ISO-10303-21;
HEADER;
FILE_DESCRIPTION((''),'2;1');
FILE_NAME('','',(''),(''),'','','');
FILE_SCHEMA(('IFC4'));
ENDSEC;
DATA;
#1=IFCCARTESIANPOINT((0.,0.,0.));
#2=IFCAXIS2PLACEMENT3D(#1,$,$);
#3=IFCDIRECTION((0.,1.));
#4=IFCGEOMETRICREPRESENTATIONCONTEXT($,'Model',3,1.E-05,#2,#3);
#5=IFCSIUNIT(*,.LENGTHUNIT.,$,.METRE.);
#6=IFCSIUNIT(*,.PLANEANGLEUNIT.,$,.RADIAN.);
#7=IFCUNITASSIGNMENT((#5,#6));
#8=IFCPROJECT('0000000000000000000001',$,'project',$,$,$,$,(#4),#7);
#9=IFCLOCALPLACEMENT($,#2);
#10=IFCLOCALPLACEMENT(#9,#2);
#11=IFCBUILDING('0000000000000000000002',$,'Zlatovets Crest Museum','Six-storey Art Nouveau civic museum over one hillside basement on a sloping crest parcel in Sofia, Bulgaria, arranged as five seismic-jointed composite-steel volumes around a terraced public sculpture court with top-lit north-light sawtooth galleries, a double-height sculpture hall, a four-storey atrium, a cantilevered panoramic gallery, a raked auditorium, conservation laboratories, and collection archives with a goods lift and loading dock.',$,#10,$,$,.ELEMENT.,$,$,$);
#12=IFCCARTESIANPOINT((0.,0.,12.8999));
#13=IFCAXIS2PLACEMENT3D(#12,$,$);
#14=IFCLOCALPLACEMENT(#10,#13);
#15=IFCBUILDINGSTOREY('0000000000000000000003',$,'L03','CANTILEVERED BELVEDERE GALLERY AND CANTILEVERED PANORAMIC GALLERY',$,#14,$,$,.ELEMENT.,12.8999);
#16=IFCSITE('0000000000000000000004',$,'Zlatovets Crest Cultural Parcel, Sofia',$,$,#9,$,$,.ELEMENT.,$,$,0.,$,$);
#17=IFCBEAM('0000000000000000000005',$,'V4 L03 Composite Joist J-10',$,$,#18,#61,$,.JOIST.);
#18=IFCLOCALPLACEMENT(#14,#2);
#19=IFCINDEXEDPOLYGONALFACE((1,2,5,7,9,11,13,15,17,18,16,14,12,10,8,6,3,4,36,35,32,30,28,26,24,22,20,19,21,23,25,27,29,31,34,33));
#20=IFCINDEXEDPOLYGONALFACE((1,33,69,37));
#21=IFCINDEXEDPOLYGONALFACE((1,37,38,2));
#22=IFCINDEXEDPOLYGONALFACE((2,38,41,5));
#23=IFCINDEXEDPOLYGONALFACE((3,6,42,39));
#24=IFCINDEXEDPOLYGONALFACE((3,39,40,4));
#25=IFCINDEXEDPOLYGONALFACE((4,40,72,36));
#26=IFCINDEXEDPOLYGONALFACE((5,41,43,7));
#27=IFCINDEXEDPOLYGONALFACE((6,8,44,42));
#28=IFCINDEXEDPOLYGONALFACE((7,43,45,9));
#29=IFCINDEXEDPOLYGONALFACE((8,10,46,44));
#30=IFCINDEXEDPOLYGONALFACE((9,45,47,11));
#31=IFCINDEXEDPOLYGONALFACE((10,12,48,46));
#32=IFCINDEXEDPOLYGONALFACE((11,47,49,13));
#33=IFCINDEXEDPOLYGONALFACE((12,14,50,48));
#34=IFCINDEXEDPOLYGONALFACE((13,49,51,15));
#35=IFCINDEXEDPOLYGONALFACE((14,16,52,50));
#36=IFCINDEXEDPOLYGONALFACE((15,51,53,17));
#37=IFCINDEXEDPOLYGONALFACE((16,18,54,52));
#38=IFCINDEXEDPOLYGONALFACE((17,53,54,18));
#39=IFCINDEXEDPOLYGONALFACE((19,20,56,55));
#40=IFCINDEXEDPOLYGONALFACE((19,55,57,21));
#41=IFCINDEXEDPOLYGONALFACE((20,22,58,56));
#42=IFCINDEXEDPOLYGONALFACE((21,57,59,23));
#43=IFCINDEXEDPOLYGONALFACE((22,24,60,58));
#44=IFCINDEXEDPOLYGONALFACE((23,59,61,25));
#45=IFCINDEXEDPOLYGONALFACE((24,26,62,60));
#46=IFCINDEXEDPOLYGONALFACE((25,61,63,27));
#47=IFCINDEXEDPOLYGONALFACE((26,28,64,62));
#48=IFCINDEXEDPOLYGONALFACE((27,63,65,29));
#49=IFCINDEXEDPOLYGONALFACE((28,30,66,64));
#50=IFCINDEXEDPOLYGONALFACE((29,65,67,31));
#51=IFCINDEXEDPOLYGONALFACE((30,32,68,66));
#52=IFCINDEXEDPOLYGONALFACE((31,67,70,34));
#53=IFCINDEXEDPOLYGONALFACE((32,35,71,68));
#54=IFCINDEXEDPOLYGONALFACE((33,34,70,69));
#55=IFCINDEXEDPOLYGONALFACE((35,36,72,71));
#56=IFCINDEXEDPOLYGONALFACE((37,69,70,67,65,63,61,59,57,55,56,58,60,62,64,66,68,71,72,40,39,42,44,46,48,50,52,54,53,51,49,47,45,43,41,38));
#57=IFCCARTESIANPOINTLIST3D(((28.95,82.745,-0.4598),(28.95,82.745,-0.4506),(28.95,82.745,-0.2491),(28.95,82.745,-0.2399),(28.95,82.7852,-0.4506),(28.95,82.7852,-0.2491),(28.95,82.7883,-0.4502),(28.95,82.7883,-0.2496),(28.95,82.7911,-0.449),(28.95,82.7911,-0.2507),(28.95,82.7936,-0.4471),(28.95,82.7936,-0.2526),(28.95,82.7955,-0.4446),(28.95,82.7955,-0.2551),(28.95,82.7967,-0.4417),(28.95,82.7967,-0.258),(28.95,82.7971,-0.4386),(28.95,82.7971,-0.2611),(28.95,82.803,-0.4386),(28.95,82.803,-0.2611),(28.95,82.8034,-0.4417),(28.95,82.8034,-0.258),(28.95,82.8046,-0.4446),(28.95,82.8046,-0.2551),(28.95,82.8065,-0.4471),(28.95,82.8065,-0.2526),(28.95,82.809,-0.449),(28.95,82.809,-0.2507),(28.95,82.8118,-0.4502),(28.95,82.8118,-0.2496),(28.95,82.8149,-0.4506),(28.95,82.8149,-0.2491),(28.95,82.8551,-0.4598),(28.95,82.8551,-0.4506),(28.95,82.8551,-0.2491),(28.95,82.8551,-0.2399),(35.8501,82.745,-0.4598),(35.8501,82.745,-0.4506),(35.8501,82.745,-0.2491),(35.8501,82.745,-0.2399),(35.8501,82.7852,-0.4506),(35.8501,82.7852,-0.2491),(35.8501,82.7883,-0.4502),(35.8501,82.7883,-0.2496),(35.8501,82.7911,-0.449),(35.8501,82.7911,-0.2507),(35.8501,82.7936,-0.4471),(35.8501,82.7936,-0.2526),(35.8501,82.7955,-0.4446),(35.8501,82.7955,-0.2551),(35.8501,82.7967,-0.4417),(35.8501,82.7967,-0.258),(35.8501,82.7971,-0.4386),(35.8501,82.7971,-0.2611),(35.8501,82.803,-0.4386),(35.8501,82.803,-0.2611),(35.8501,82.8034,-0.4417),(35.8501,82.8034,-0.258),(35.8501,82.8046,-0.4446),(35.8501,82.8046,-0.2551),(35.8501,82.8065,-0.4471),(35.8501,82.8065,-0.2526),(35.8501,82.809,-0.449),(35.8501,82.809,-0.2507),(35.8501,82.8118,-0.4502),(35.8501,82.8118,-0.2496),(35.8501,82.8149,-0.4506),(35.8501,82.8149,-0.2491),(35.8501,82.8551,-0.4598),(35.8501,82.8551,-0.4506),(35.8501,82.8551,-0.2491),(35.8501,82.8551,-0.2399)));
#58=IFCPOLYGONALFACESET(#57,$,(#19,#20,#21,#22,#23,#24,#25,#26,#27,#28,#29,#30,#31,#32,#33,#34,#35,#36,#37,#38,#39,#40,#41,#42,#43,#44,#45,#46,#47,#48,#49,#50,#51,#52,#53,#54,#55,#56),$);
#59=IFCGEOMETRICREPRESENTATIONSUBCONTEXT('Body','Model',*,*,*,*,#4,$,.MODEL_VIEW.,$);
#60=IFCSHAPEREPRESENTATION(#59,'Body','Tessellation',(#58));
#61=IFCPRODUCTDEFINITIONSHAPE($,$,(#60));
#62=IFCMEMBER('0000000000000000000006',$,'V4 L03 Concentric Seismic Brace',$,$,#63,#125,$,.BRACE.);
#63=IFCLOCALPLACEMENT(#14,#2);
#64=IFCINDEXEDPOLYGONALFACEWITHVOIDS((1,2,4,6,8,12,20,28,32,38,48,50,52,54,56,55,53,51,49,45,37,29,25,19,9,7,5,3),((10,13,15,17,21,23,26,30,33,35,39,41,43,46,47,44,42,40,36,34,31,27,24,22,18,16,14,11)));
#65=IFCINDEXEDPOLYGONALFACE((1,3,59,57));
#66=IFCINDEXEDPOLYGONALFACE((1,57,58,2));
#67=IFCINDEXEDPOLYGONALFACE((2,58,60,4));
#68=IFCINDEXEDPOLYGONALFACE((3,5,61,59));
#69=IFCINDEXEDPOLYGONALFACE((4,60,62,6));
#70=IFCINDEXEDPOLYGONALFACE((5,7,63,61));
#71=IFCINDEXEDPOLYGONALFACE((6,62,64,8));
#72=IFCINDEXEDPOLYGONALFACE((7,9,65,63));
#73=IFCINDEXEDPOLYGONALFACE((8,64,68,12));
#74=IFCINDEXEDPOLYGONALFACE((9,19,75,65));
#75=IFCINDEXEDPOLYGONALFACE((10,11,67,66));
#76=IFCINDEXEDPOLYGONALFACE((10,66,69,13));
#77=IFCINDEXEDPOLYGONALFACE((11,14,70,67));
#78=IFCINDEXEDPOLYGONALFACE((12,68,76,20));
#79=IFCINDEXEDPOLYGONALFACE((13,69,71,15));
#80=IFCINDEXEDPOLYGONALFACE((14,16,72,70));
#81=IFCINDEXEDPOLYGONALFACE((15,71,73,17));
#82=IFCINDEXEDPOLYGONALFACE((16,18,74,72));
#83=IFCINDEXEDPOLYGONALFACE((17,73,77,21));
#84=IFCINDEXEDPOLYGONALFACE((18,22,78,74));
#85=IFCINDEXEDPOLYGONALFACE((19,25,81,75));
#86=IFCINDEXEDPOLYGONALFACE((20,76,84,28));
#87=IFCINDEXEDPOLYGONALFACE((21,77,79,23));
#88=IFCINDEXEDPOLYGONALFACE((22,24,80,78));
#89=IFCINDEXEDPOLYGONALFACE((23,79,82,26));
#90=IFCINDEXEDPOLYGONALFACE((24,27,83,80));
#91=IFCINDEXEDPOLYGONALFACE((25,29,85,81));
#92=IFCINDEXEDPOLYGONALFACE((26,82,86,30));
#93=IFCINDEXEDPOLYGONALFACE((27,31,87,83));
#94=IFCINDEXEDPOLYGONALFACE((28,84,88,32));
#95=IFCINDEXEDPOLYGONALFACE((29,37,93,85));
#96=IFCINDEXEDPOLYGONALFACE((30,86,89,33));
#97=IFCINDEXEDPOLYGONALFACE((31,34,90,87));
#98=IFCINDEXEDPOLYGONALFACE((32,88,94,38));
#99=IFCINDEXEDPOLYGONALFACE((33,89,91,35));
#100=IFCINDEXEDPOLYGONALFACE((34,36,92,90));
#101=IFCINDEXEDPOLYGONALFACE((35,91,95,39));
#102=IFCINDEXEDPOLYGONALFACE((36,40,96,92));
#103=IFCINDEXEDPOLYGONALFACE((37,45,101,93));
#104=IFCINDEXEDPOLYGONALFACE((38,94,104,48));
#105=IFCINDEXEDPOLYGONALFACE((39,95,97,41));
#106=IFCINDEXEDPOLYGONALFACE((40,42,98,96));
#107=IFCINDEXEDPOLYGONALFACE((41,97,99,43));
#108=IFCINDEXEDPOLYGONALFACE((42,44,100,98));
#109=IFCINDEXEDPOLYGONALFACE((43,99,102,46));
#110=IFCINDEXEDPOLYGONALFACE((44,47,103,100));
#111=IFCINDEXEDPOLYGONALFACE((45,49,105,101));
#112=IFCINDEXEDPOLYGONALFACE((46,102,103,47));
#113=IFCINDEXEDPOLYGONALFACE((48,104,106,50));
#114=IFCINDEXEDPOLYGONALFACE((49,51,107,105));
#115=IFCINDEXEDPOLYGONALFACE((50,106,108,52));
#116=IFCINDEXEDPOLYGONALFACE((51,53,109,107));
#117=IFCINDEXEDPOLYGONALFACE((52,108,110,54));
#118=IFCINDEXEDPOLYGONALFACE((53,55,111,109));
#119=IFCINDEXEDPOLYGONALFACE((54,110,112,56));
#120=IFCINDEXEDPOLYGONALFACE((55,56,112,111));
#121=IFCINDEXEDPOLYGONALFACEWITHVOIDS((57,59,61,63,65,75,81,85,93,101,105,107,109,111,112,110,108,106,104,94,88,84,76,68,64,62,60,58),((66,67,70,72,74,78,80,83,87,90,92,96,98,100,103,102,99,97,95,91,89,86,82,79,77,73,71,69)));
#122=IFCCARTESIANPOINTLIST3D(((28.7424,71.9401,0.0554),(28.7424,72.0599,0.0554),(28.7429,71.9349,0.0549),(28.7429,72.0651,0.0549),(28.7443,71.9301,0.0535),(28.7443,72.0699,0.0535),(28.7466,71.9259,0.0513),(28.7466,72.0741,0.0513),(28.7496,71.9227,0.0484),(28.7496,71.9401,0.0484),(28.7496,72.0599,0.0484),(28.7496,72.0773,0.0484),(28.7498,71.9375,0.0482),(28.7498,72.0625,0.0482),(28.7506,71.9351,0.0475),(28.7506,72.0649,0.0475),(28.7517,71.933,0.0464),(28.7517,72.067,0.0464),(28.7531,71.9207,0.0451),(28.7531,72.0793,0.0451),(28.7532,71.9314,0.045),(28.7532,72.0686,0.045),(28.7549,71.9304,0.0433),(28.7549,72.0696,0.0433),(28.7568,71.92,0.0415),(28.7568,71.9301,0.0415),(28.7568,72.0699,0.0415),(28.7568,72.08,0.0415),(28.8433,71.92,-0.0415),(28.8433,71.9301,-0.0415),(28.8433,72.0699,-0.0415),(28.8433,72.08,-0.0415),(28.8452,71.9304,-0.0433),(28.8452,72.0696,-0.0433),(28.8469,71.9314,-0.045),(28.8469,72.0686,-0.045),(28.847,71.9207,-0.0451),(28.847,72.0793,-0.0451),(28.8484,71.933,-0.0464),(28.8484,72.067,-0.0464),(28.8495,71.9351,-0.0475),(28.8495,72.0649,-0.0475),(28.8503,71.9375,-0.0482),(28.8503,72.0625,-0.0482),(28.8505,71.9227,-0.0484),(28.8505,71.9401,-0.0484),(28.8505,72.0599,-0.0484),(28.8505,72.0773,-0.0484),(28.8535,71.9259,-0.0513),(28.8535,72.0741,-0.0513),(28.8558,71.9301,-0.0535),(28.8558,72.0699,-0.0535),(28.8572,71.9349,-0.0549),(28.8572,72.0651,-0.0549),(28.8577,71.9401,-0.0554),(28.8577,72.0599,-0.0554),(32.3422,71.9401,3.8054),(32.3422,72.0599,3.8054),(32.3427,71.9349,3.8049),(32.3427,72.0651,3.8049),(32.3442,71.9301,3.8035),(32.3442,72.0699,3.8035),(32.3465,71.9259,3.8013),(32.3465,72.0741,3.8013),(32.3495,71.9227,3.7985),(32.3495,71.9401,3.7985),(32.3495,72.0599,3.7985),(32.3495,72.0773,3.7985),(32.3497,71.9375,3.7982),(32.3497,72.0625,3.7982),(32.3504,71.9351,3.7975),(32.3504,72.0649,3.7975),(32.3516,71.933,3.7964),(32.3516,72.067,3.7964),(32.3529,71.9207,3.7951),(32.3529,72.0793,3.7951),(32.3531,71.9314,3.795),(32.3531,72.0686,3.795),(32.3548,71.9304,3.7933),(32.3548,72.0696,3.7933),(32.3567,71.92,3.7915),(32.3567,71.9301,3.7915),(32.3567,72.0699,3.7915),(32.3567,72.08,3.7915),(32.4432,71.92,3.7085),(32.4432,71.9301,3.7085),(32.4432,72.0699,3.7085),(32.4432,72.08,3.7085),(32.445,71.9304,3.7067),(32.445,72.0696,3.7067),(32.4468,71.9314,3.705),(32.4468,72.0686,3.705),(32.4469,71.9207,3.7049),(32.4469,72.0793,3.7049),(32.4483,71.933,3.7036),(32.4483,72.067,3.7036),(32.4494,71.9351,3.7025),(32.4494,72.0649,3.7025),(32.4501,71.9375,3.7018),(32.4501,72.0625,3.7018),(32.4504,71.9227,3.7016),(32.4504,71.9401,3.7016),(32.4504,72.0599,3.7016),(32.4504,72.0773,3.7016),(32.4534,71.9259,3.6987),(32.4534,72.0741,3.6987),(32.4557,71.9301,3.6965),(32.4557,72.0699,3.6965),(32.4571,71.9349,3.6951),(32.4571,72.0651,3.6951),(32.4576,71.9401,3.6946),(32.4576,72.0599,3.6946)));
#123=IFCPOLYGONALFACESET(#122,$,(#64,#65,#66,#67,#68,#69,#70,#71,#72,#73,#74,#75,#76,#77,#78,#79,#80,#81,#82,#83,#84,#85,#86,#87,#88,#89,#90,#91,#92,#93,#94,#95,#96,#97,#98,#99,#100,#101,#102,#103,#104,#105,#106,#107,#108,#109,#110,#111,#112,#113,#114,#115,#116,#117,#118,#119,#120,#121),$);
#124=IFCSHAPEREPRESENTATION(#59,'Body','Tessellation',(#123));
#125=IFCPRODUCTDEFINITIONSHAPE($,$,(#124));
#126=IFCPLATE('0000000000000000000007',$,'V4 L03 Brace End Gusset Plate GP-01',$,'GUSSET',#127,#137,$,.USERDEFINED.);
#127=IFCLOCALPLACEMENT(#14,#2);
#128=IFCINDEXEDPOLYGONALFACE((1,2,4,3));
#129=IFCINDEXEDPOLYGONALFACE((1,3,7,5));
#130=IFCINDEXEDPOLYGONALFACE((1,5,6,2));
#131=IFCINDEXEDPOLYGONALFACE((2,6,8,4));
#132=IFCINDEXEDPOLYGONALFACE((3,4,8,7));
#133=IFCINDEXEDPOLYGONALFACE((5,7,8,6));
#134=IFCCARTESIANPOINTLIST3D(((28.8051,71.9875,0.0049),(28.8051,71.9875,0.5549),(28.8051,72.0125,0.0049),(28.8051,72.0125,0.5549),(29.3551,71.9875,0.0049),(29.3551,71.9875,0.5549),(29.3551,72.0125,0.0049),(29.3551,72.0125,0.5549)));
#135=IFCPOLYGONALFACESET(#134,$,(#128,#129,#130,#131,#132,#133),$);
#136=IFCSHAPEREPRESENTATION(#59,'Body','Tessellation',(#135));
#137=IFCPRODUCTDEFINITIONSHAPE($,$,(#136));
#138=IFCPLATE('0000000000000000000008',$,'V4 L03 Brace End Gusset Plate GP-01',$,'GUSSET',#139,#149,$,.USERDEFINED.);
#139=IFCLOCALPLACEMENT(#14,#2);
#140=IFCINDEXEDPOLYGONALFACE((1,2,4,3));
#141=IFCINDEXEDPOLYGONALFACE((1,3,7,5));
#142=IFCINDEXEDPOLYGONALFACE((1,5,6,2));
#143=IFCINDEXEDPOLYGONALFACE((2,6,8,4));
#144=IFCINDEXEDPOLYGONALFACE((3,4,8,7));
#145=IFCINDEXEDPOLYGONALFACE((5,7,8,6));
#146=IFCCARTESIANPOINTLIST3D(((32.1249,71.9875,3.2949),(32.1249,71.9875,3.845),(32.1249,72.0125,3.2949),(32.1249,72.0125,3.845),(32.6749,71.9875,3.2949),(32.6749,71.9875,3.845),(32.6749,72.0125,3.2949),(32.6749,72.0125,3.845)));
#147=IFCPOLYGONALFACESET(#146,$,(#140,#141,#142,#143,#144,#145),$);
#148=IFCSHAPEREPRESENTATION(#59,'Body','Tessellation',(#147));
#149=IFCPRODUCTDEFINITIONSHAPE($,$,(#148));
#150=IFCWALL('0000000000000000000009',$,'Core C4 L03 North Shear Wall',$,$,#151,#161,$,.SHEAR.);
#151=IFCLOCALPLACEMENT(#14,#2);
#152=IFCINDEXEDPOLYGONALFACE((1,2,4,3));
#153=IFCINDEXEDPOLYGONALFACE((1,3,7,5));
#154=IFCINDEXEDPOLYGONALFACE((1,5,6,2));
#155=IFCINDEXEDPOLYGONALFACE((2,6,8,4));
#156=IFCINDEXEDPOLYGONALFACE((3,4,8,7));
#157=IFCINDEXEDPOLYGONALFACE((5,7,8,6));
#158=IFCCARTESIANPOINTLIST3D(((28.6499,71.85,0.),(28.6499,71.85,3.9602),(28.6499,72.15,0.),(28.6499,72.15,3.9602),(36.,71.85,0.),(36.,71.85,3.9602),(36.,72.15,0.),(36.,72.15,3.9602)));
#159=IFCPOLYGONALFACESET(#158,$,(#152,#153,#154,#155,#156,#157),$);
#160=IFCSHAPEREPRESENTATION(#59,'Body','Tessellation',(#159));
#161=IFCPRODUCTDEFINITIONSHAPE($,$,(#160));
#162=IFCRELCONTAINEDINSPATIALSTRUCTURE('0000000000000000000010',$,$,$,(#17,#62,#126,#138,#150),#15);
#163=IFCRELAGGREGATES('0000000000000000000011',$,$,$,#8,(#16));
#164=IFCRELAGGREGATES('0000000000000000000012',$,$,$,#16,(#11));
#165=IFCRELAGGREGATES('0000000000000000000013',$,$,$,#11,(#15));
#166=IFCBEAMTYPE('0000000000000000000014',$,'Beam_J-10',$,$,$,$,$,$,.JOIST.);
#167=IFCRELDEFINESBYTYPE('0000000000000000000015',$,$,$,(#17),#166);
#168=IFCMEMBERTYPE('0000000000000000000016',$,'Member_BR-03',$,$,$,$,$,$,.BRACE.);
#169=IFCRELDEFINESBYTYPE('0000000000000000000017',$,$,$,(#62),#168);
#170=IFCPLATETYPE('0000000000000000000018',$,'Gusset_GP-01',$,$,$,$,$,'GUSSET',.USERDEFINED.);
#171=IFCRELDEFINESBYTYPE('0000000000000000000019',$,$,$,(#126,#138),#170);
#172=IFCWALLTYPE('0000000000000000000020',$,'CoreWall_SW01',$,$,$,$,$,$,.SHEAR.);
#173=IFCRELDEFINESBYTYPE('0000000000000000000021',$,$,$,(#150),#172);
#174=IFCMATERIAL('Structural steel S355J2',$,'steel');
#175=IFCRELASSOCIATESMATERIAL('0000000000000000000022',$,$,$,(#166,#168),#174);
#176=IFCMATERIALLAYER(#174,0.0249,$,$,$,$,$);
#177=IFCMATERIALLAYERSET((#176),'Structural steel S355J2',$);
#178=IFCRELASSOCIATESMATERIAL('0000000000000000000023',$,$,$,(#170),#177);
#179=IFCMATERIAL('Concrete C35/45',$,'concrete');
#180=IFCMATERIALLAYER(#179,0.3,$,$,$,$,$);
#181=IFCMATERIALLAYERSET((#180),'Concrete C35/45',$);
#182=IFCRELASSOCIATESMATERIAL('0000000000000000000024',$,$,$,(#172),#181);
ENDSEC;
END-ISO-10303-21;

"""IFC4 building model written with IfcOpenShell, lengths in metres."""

from ifc_helpers import new_model, si_unit, direction, frame, frame_2d, origin, origin_2d, place, context, subcontext, project, spatial, rectangle, hollow_rectangle, i_section, extrude, material, layer, layer_set, material_profile, profile_set, type_object, element, save


model = new_model("IFC4")

# Units and contexts
model_context = context("Model", 3, precision=1e-05, world=origin(), true_north=direction((0.0, 1.0)))
body_context = subcontext(model_context, "Body", "Model", "MODEL_VIEW")
ifc_project = project(units=[si_unit("LENGTHUNIT", "METRE"), si_unit("PLANEANGLEUNIT", "RADIAN")], contexts=[model_context])

# Site, building, storey
site_placement = place(None, origin())
site = spatial("IfcSite", under=ifc_project, at=site_placement, Name="Zlatovets Crest Cultural Parcel, Sofia", CompositionType="ELEMENT", RefElevation=0.0)
building_placement = place(site_placement, origin())
building = spatial("IfcBuilding", under=site, at=building_placement, Name="Zlatovets Crest Museum", Description="Six-storey Art Nouveau civic museum over one hillside basement on a sloping crest parcel in Sofia, Bulgaria, arranged as five seismic-jointed composite-steel volumes around a terraced public sculpture court with top-lit north-light sawtooth galleries, a double-height sculpture hall, a four-storey atrium, a cantilevered panoramic gallery, a raked auditorium, conservation laboratories, and collection archives with a goods lift and loading dock.", CompositionType="ELEMENT")
storey_placement = place(building_placement, frame((0.0, 0.0, 12.8999)))
storey = spatial("IfcBuildingStorey", under=building, at=storey_placement, Name="L03", Description="CANTILEVERED BELVEDERE GALLERY AND CANTILEVERED PANORAMIC GALLERY", CompositionType="ELEMENT", Elevation=12.8999)

# Shared definitions
ifc_material_1 = material(Name="Structural steel S355J2", Category="steel")

# Beam
ifc_material_profile_1 = material_profile(ifc_material_1, i_section(OverallWidth=0.1101, OverallDepth=0.22, WebThickness=0.0059, FlangeThickness=0.0093, FilletRadius=0.012, at=origin_2d()), Name="IPE 220")
ifc_profile_set_1 = profile_set([ifc_material_profile_1], Name="Structural steel S355J2")
beam_type_1 = type_object("IfcBeamType", Name="Beam_J-10", PredefinedType="JOIST", material=ifc_profile_set_1)
for number, where, z_axis, x_axis, name in (
    (1, (28.95, 82.8, -0.3499), (1.0, 0.0, 0.0), (0.0, 1.0, 0.0), "V4 L03 Composite Joist J-10"),
):
    element("IfcBeam", number, at=place(storey_placement, frame(where, z_axis=z_axis, x_axis=x_axis)), inside=storey, type_object=beam_type_1, Name=name, PredefinedType="JOIST", context=body_context, shape_type="SweptSolid", body=[
        extrude(i_section(OverallWidth=0.1101, OverallDepth=0.22, WebThickness=0.0059, FlangeThickness=0.0093, FilletRadius=0.012, at=origin_2d()), origin(), (0.0, 0.0, 1.0), 6.9001),
    ])

# Member
ifc_material_profile_2 = material_profile(ifc_material_1, hollow_rectangle(XDim=0.1599, YDim=0.1599, WallThickness=0.01, InnerFilletRadius=0.01, OuterFilletRadius=0.02, at=origin_2d()), Name="SHS 160x160x10.0")
ifc_profile_set_2 = profile_set([ifc_material_profile_2], Name="Structural steel S355J2")
member_type = type_object("IfcMemberType", Name="Member_BR-03", PredefinedType="BRACE", material=ifc_profile_set_2)
member_placement = place(storey_placement, frame((28.8, 72.0, 0.0), z_axis=(0.692517, 0.0, 0.721401), x_axis=(0.0, 1.0, 0.0)))
element("IfcMember", 2, at=member_placement, inside=storey, type_object=member_type, Name="V4 L03 Concentric Seismic Brace", PredefinedType="BRACE", context=body_context, shape_type="SweptSolid", body=[
    extrude(hollow_rectangle(XDim=0.1599, YDim=0.1599, WallThickness=0.01, InnerFilletRadius=0.01, OuterFilletRadius=0.02, at=origin_2d()), origin(), (0.0, 0.0, 1.0), 5.1982),
])

# Plates
ifc_layer_1 = layer(ifc_material_1, 0.0249)
ifc_layer_set_1 = layer_set([ifc_layer_1], Name="Structural steel S355J2")
plate_type = type_object("IfcPlateType", Name="Gusset_GP-01", ElementType="GUSSET", PredefinedType="USERDEFINED", material=ifc_layer_set_1)
for number, where, z_axis, x_axis, name in (
    (3, (29.0801, 72.0, 0.0049), (0.0, 0.0, 1.0), (1.0, 0.0, 0.0), "V4 L03 Brace End Gusset Plate GP-01"),
    (4, (32.3999, 72.0, 3.2949), (0.0, 0.0, 1.0), (1.0, 0.0, 0.0), "V4 L03 Brace End Gusset Plate GP-01"),
):
    element("IfcPlate", number, at=place(storey_placement, frame(where, z_axis=z_axis, x_axis=x_axis)), inside=storey, type_object=plate_type, Name=name, ObjectType="GUSSET", PredefinedType="USERDEFINED", context=body_context, shape_type="SweptSolid", body=[
        extrude(rectangle(XDim=0.55, YDim=0.0249, at=origin_2d()), origin(), (0.0, 0.0, 1.0), 0.55),
    ])

# Wall
ifc_material_2 = material(Name="Concrete C35/45", Category="concrete")
ifc_layer_2 = layer(ifc_material_2, 0.3)
ifc_layer_set_2 = layer_set([ifc_layer_2], Name="Concrete C35/45")
wall_type_1 = type_object("IfcWallType", Name="CoreWall_SW01", PredefinedType="SHEAR", material=ifc_layer_set_2)
wall_1_placement = place(storey_placement, frame((28.6499, 72.0, 0.0), z_axis=(0.0, 0.0, 1.0), x_axis=(1.0, 0.0, 0.0)))
element("IfcWall", 5, at=wall_1_placement, inside=storey, type_object=wall_type_1, Name="Core C4 L03 North Shear Wall", PredefinedType="SHEAR", context=body_context, shape_type="SweptSolid", body=[
    extrude(rectangle(XDim=7.3501, YDim=0.3, at=frame_2d((3.675, 0.0))), origin(), (0.0, 0.0, 1.0), 3.9602),
])

save(model, "model.ifc")
